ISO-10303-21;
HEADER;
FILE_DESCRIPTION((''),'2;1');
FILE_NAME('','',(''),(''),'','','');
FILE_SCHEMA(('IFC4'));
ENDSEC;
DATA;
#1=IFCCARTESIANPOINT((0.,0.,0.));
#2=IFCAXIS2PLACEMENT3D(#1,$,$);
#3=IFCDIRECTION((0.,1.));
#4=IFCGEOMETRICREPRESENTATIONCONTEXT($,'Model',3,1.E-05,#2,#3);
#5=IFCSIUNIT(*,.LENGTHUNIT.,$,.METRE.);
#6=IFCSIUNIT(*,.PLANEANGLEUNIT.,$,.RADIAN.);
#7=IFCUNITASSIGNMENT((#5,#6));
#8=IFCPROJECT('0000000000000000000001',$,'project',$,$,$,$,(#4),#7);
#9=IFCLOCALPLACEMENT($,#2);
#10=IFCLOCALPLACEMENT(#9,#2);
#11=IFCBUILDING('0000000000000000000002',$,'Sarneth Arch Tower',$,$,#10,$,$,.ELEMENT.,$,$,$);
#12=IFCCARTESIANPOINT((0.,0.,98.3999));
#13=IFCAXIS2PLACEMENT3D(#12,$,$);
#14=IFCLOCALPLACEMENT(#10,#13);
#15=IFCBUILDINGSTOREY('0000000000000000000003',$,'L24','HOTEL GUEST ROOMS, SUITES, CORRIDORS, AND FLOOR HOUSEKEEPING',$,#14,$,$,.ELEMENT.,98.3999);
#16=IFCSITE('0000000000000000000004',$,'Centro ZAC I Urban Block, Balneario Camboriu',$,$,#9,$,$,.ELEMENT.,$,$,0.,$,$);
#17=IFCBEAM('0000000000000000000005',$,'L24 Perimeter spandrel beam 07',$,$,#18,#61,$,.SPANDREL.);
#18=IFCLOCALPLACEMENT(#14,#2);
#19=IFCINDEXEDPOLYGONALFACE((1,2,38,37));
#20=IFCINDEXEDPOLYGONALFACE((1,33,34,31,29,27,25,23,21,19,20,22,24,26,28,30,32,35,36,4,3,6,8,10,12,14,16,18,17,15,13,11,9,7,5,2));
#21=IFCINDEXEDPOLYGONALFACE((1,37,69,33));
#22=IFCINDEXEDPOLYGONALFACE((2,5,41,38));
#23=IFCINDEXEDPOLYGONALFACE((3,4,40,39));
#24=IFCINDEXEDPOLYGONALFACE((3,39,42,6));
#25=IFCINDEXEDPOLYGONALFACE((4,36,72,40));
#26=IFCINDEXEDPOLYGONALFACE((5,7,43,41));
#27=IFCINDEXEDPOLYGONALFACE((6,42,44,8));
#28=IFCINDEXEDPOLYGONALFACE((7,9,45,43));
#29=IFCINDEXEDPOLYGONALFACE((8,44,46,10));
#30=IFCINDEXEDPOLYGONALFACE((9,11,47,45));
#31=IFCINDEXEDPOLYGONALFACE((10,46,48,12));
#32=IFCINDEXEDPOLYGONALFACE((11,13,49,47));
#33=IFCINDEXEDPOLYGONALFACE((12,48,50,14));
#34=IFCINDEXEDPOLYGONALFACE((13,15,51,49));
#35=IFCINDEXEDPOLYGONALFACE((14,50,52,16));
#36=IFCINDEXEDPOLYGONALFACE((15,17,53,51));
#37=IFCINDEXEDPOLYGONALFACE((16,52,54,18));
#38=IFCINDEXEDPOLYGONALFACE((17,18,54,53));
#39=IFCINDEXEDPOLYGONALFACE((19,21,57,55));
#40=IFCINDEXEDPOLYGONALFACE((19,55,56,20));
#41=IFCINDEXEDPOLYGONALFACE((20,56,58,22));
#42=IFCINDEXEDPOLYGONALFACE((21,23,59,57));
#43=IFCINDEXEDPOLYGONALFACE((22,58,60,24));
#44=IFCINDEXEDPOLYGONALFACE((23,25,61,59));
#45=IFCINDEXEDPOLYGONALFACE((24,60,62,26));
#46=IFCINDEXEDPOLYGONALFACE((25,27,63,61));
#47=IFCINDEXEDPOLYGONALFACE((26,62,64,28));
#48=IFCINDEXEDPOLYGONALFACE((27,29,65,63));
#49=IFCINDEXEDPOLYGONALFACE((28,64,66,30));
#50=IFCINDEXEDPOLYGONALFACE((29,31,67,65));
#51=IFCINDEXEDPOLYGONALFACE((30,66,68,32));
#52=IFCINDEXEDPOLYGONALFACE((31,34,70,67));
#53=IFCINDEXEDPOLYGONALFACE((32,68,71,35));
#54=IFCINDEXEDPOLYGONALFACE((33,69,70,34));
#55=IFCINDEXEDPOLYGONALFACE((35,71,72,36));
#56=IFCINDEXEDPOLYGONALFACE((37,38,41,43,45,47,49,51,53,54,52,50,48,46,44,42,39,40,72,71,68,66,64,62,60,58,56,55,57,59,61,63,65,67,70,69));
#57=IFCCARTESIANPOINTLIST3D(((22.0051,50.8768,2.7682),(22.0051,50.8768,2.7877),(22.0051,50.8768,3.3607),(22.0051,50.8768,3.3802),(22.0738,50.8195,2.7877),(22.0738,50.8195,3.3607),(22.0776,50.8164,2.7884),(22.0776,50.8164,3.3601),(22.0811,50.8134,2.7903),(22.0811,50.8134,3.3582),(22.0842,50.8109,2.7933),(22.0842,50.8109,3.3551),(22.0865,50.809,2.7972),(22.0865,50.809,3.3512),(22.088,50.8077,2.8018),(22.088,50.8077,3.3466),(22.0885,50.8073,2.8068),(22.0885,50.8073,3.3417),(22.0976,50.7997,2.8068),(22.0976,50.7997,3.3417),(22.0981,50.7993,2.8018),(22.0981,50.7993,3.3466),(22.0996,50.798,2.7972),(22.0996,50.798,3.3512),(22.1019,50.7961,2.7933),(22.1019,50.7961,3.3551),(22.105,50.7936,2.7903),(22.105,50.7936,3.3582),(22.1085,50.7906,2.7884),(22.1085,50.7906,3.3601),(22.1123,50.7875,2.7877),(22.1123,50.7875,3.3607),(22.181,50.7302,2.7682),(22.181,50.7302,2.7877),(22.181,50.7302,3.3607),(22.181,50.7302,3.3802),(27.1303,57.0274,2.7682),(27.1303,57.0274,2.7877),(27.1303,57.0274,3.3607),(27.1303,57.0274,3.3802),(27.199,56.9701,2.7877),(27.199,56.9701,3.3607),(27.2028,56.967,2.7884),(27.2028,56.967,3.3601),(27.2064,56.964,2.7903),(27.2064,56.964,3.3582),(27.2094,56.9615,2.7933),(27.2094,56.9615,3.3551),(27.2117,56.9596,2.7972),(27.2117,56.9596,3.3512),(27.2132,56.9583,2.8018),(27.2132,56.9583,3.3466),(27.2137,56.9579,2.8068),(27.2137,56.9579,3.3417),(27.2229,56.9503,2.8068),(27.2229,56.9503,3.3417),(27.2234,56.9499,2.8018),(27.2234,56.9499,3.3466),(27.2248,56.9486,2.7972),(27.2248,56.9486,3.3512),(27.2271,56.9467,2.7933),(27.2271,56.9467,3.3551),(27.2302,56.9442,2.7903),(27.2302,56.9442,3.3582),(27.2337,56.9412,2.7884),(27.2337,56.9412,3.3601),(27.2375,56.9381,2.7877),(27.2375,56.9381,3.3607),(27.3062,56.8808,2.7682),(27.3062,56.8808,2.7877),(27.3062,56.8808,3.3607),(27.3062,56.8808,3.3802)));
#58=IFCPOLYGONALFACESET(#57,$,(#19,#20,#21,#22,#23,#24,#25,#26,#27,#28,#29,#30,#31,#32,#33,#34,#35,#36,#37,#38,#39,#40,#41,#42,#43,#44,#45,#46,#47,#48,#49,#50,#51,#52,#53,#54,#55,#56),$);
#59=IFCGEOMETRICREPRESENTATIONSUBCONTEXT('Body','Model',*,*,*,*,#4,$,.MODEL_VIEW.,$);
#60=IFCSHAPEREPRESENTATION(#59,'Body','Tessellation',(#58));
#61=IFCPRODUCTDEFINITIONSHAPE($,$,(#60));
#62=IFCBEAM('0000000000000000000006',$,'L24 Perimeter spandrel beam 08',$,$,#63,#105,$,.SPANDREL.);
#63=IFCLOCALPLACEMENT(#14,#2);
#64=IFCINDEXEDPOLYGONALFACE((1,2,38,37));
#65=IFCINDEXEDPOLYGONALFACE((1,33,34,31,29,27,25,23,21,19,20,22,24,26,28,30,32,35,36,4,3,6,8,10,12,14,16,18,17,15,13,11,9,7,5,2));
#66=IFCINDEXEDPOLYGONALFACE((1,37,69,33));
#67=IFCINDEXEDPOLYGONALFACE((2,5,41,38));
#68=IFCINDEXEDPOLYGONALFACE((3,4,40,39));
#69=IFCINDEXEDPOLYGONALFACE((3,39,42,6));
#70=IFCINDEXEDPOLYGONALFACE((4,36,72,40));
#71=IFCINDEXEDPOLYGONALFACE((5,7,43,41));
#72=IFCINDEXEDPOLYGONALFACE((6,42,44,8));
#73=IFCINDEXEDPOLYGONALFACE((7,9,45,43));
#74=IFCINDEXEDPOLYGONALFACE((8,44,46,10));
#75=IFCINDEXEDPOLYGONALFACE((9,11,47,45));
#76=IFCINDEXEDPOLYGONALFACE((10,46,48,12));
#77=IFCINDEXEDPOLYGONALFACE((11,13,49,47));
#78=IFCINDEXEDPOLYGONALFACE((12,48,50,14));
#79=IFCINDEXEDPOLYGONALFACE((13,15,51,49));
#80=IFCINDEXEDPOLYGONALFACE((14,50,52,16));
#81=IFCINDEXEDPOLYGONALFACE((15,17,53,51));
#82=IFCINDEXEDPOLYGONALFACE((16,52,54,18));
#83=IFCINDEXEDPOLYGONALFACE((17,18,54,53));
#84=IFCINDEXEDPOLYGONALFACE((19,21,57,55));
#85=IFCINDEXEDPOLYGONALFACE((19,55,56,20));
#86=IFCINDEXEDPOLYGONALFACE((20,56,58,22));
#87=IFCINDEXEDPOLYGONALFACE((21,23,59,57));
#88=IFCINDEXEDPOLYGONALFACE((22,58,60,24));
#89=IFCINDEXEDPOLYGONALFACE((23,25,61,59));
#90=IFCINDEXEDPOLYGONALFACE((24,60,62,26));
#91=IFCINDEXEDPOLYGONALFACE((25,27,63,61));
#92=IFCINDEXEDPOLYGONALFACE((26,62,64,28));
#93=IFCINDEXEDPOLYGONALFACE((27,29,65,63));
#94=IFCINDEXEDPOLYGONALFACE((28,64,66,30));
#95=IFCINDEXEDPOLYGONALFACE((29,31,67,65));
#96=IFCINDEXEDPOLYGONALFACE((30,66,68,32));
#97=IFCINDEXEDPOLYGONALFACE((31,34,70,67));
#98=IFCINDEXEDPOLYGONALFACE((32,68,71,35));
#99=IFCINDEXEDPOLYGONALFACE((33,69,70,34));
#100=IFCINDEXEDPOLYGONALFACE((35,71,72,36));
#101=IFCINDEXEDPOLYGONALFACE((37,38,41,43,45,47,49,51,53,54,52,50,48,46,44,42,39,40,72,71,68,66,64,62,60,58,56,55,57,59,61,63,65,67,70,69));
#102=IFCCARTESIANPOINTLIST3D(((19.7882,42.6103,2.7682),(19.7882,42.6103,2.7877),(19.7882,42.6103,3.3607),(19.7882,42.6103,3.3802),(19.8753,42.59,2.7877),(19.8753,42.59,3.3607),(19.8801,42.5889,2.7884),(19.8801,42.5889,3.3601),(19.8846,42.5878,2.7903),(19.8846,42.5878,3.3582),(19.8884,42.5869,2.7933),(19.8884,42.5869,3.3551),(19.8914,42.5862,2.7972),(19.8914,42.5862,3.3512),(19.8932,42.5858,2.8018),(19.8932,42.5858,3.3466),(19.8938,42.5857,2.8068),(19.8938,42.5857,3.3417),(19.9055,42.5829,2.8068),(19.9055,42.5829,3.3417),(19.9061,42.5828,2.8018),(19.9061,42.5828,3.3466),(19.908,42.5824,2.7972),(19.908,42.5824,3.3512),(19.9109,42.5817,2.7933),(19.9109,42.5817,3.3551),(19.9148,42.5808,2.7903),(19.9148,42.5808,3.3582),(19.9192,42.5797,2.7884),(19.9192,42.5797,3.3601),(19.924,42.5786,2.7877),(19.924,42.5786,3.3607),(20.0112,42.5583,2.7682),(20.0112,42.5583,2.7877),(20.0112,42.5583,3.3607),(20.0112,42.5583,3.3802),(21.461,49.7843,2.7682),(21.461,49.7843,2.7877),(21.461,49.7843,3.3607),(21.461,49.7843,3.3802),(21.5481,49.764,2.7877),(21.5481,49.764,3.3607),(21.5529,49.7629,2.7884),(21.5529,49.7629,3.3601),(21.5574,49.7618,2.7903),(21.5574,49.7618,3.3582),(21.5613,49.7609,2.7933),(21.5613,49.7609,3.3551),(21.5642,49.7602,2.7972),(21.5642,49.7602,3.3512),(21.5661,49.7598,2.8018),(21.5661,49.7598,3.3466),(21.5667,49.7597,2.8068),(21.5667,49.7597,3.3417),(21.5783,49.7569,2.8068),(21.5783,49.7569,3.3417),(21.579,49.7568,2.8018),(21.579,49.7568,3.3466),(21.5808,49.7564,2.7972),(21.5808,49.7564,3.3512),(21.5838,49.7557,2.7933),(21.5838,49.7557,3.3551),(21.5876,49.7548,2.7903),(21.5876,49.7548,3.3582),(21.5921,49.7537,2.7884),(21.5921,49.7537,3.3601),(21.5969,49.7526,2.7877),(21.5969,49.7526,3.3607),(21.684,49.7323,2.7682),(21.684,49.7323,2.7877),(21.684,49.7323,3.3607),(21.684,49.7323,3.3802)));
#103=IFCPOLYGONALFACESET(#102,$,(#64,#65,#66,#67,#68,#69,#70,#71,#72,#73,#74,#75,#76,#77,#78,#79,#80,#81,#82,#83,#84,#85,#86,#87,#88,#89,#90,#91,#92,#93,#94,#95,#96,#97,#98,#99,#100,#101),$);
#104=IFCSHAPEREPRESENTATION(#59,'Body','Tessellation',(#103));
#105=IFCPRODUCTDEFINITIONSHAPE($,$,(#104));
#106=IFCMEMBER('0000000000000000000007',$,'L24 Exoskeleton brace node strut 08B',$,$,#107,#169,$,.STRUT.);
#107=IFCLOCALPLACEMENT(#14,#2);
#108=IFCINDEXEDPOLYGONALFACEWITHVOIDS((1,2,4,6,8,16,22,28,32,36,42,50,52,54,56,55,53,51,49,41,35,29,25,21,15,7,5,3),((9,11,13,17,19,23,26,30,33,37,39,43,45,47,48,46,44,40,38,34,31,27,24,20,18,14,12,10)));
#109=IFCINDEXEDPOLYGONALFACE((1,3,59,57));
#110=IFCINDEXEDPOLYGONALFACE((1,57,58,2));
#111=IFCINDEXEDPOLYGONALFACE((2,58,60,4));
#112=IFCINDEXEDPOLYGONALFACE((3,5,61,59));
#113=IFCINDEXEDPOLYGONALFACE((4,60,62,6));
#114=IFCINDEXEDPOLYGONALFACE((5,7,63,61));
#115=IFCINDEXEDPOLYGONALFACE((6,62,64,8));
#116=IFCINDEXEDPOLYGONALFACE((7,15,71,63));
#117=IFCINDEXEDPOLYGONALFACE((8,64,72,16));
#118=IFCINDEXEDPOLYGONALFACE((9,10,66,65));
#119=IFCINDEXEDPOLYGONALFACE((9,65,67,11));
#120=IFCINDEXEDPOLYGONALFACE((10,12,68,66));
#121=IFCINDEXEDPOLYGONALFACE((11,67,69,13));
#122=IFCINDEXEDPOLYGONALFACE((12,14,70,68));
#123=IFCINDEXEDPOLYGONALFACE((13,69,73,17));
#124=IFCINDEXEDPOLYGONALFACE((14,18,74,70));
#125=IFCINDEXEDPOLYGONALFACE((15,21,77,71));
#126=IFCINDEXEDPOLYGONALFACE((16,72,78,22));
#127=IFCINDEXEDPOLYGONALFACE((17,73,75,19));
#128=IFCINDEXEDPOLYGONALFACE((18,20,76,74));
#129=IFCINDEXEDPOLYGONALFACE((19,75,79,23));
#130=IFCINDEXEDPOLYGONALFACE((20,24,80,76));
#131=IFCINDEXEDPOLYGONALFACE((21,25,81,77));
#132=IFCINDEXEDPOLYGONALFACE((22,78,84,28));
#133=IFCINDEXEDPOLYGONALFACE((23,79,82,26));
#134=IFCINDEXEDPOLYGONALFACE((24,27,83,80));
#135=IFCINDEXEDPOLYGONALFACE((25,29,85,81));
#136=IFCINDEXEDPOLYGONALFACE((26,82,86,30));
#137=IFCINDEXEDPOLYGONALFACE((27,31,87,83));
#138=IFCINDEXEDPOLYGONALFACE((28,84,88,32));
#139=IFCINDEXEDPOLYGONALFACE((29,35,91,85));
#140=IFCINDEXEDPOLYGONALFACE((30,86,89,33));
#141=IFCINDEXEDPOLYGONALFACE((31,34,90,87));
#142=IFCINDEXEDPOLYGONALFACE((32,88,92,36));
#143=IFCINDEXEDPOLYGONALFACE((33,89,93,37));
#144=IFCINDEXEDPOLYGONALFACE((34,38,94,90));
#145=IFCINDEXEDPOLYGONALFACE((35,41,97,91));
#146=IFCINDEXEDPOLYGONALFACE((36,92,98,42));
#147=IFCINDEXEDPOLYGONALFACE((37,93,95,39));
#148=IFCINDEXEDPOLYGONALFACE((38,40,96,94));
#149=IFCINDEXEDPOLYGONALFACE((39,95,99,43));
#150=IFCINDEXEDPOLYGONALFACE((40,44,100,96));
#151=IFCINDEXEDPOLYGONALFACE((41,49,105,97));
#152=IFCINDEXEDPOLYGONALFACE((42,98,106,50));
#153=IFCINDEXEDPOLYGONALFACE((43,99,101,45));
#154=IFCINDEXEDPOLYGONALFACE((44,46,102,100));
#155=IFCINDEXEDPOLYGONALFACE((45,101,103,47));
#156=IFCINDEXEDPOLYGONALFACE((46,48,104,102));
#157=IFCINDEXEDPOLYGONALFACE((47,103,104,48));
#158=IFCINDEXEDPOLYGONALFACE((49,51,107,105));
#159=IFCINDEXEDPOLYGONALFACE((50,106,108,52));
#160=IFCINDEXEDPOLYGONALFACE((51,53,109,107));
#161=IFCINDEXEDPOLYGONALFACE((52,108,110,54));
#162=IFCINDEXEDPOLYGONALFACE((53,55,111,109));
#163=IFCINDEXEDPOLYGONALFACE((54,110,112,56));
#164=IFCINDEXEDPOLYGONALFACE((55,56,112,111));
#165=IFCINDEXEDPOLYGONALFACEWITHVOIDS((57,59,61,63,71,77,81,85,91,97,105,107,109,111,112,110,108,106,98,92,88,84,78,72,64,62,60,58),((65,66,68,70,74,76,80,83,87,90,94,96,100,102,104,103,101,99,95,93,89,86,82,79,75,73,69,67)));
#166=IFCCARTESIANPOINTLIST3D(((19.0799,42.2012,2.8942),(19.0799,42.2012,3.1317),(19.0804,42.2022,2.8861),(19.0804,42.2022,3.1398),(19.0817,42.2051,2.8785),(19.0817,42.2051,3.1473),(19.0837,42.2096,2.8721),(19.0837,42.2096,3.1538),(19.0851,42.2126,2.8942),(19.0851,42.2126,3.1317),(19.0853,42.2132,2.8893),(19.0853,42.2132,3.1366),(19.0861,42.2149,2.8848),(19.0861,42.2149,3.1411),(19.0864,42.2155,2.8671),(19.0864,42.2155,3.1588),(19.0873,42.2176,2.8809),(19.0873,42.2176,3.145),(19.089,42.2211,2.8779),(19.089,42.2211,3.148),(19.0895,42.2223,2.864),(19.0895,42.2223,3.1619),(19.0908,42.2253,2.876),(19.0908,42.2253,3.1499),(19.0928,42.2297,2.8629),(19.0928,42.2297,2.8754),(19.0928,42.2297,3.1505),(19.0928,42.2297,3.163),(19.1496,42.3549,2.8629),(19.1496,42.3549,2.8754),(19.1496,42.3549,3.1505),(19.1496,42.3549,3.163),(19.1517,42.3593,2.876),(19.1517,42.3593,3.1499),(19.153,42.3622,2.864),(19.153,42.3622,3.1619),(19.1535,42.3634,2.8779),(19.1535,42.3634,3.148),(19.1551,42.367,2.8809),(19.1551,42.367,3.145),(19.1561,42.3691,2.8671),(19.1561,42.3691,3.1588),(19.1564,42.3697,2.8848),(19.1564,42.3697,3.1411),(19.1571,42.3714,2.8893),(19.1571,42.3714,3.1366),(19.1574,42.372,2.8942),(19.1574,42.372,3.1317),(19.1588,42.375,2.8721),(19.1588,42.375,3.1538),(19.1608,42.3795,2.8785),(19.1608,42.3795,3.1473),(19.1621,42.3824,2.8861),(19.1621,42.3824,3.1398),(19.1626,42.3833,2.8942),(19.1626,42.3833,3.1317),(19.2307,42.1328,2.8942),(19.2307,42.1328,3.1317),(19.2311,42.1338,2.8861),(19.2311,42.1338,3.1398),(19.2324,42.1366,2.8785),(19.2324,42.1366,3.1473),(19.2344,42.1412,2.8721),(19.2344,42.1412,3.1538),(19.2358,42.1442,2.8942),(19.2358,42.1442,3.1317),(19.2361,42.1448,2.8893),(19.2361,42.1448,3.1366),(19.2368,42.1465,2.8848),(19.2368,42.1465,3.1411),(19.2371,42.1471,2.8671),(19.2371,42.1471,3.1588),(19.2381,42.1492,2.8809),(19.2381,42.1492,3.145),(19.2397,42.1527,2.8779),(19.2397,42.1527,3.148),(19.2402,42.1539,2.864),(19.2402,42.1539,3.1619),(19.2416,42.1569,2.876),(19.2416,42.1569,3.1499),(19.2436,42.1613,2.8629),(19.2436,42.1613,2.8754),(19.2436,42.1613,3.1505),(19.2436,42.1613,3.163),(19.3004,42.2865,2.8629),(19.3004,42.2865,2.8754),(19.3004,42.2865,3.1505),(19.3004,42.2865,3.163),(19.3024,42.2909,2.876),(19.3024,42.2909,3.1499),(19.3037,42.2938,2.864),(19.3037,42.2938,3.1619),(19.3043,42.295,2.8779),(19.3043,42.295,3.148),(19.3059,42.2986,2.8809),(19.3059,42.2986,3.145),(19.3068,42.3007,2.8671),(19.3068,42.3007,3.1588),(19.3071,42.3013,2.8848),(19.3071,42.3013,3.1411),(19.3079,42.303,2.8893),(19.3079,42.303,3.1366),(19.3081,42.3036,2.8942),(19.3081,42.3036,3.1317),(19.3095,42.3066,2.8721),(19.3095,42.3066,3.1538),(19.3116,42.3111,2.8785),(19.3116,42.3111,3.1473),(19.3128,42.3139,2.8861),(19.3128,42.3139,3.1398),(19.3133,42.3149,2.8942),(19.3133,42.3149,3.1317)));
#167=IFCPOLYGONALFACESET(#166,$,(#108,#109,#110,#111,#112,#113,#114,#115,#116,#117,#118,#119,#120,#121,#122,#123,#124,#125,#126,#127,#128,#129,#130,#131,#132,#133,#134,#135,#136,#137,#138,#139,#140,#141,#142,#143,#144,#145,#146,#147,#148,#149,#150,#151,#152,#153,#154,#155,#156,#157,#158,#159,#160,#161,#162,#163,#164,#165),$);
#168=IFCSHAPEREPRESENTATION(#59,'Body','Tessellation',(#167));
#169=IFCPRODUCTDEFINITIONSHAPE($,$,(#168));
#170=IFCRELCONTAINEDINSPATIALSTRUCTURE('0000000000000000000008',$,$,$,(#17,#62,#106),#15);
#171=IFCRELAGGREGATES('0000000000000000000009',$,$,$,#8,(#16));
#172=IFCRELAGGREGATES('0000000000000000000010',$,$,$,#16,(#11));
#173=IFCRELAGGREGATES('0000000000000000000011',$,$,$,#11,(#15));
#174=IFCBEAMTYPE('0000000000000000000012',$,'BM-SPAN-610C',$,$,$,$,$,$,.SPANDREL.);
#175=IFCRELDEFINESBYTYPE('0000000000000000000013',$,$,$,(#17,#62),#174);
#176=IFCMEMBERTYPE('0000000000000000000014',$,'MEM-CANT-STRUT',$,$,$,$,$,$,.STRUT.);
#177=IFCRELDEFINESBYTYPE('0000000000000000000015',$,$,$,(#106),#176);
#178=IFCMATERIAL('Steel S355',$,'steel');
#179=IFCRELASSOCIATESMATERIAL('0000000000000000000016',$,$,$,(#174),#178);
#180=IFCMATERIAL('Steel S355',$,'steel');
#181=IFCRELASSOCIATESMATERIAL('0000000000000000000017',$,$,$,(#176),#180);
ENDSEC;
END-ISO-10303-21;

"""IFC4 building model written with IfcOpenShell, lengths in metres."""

from ifc_helpers import new_model, si_unit, direction, frame, origin, origin_2d, place, context, subcontext, project, spatial, hollow_rectangle, i_section, extrude, material, material_profile, profile_set, type_object, element, save


model = new_model("IFC4")

# Units and contexts
model_context = context("Model", 3, precision=1e-05, world=origin(), true_north=direction((0.0, 1.0)))
body_context = subcontext(model_context, "Body", "Model", "MODEL_VIEW")
ifc_project = project(units=[si_unit("LENGTHUNIT", "METRE"), si_unit("PLANEANGLEUNIT", "RADIAN")], contexts=[model_context])

# Site, building, storey
site_placement = place(None, origin())
site = spatial("IfcSite", under=ifc_project, at=site_placement, Name="Centro ZAC I Urban Block, Balneario Camboriu", CompositionType="ELEMENT", RefElevation=0.0)
building_placement = place(site_placement, origin())
building = spatial("IfcBuilding", under=site, at=building_placement, Name="Sarneth Arch Tower", CompositionType="ELEMENT")
storey_placement = place(building_placement, frame((0.0, 0.0, 98.3999)))
storey = spatial("IfcBuildingStorey", under=building, at=storey_placement, Name="L24", Description="HOTEL GUEST ROOMS, SUITES, CORRIDORS, AND FLOOR HOUSEKEEPING", CompositionType="ELEMENT", Elevation=98.3999)

# Beams
ifc_material_1 = material(Name="Steel S355", Category="steel")
ifc_material_profile_1 = material_profile(ifc_material_1, i_section(OverallWidth=0.229, OverallDepth=0.6121, WebThickness=0.012, FlangeThickness=0.0195, FilletRadius=0.019, at=origin_2d()), Name="W610x125")
ifc_profile_set_1 = profile_set([ifc_material_profile_1], Name="Steel S355")
beam_type_1 = type_object("IfcBeamType", Name="BM-SPAN-610C", PredefinedType="SPANDREL", material=ifc_profile_set_1)
beam_1_placement = place(storey_placement, frame((27.2183, 56.9541, 3.0742), z_axis=(-0.640163, -0.768239, 0.0), x_axis=(0.768239, -0.640163, 0.0)))
element("IfcBeam", 1, at=beam_1_placement, inside=storey, type_object=beam_type_1, Name="L24 Perimeter spandrel beam 07", PredefinedType="SPANDREL", context=body_context, shape_type="SweptSolid", body=[
    extrude(i_section(OverallWidth=0.229, OverallDepth=0.6121, WebThickness=0.012, FlangeThickness=0.0195, FilletRadius=0.019, at=origin_2d()), origin(), (0.0, 0.0, 1.0), 8.0061),
])
beam_2_placement = place(storey_placement, frame((21.5725, 49.7583, 3.0742), z_axis=(-0.227088, -0.973874, 0.0), x_axis=(0.973874, -0.227088, 0.0)))
element("IfcBeam", 2, at=beam_2_placement, inside=storey, type_object=beam_type_1, Name="L24 Perimeter spandrel beam 08", PredefinedType="SPANDREL", context=body_context, shape_type="SweptSolid", body=[
    extrude(i_section(OverallWidth=0.229, OverallDepth=0.6121, WebThickness=0.012, FlangeThickness=0.0195, FilletRadius=0.019, at=origin_2d()), origin(), (0.0, 0.0, 1.0), 7.3665),
])

# Member
ifc_material_2 = material(Name="Steel S355", Category="steel")
ifc_material_profile_2 = material_profile(ifc_material_2, hollow_rectangle(XDim=0.2, YDim=0.3, WallThickness=0.0125, InnerFilletRadius=0.0188, OuterFilletRadius=0.0312, at=origin_2d()), Name="RHS300x200x12.5")
ifc_profile_set_2 = profile_set([ifc_material_profile_2], Name="Steel S355")
member_type_1 = type_object("IfcMemberType", Name="MEM-CANT-STRUT", PredefinedType="STRUT", material=ifc_profile_set_2)
member_1_placement = place(storey_placement, frame((19.272, 42.2239, 3.0129), z_axis=(-0.910619, 0.413247, 0.0), x_axis=(-0.413247, -0.910619, 0.0)))
element("IfcMember", 3, at=member_1_placement, inside=storey, type_object=member_type_1, Name="L24 Exoskeleton brace node strut 08B", PredefinedType="STRUT", context=body_context, shape_type="SweptSolid", body=[
    extrude(hollow_rectangle(XDim=0.2, YDim=0.3, WallThickness=0.0125, InnerFilletRadius=0.0188, OuterFilletRadius=0.0312, at=origin_2d()), origin(), (0.0, 0.0, 1.0), 0.1655),
])

save(model, "model.ifc")
